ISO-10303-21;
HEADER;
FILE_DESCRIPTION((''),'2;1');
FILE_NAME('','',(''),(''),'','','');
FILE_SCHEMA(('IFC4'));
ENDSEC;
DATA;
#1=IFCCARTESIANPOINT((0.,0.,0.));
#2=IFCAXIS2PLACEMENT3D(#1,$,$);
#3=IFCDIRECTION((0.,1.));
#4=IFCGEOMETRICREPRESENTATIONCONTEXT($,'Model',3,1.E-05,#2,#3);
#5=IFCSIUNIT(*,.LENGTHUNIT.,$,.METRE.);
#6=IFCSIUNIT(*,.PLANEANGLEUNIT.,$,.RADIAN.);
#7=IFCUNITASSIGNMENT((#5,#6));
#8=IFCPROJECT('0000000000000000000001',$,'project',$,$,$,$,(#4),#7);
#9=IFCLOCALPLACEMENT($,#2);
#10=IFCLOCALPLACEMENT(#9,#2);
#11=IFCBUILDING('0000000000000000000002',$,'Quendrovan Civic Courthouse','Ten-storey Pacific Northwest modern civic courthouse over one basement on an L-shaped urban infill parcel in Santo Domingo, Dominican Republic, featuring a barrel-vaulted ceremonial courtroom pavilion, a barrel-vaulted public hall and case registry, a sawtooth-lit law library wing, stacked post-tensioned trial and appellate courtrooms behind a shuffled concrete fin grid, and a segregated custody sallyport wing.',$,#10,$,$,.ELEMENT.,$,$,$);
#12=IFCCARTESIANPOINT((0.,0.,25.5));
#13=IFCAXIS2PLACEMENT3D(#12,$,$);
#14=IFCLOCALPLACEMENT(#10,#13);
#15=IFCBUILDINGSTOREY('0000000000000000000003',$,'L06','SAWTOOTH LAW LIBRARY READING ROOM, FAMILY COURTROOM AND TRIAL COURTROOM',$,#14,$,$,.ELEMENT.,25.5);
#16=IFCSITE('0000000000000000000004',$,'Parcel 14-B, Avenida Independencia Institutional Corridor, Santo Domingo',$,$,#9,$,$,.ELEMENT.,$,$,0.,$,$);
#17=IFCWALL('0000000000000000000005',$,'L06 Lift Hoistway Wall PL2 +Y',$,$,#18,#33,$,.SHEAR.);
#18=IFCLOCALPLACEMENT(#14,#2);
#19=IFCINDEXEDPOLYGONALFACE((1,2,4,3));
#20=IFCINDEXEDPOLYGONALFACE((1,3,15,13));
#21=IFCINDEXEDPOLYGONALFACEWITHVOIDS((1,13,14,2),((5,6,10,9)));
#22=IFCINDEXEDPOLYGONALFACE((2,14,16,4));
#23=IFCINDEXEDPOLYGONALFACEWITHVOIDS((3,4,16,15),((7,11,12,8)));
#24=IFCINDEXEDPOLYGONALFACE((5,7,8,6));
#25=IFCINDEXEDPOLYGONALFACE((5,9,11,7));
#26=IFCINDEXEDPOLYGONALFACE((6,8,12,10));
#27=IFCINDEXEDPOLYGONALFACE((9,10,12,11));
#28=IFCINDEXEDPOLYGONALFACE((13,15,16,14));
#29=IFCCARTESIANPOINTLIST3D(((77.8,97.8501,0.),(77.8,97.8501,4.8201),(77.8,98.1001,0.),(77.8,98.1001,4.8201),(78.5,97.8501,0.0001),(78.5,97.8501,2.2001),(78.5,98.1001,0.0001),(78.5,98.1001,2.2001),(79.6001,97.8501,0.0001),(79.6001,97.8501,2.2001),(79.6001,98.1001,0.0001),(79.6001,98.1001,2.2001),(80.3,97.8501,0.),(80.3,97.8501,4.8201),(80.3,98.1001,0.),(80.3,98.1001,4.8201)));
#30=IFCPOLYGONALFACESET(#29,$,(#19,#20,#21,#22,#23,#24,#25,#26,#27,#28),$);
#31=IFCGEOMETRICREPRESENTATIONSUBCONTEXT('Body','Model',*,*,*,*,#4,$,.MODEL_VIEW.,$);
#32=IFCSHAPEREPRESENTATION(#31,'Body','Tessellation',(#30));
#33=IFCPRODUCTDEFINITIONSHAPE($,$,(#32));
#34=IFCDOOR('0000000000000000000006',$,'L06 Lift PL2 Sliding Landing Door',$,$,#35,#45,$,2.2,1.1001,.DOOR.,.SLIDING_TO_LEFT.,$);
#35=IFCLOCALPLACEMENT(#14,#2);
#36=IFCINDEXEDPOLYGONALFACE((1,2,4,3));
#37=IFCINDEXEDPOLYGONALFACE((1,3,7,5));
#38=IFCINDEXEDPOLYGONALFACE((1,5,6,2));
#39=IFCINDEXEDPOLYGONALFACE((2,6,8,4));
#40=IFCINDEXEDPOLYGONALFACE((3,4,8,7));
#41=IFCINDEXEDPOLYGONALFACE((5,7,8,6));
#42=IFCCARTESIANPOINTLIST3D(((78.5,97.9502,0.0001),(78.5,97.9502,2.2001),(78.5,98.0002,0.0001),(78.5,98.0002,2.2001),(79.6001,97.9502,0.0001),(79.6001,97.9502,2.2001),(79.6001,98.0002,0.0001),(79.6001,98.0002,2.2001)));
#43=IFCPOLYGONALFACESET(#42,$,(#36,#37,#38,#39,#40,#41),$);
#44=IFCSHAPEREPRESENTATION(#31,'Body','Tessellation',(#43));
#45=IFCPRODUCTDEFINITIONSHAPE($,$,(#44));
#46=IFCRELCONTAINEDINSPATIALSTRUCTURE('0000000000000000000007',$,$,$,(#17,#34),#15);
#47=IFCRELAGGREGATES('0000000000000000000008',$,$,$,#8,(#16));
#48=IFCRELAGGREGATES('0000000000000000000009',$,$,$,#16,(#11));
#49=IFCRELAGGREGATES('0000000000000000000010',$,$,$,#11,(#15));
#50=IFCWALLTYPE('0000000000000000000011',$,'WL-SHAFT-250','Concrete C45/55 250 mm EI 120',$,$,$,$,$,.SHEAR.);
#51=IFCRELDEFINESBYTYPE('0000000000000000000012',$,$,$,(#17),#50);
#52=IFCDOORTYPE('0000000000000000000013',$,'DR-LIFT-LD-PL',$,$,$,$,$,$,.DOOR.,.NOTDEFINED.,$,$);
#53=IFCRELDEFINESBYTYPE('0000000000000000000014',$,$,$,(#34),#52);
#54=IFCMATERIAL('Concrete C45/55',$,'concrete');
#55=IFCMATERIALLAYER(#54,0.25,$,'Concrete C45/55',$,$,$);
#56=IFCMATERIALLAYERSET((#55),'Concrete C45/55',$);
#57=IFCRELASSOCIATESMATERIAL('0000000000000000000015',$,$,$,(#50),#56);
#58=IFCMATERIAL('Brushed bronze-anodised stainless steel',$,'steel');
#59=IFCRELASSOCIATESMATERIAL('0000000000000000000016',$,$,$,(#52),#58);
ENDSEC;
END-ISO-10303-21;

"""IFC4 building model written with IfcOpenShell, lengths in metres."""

from ifc_helpers import new_model, si_unit, direction, frame, frame_2d, origin, place, context, subcontext, project, spatial, rectangle, extrude, material, layer, layer_set, type_object, element, fill, save


model = new_model("IFC4")

# Units and contexts
model_context = context("Model", 3, precision=1e-05, world=origin(), true_north=direction((0.0, 1.0)))
body_context = subcontext(model_context, "Body", "Model", "MODEL_VIEW")
ifc_project = project(units=[si_unit("LENGTHUNIT", "METRE"), si_unit("PLANEANGLEUNIT", "RADIAN")], contexts=[model_context])

# Site, building, storey
site_placement = place(None, origin())
site = spatial("IfcSite", under=ifc_project, at=site_placement, Name="Parcel 14-B, Avenida Independencia Institutional Corridor, Santo Domingo", CompositionType="ELEMENT", RefElevation=0.0)
building_placement = place(site_placement, origin())
building = spatial("IfcBuilding", under=site, at=building_placement, Name="Quendrovan Civic Courthouse", Description="Ten-storey Pacific Northwest modern civic courthouse over one basement on an L-shaped urban infill parcel in Santo Domingo, Dominican Republic, featuring a barrel-vaulted ceremonial courtroom pavilion, a barrel-vaulted public hall and case registry, a sawtooth-lit law library wing, stacked post-tensioned trial and appellate courtrooms behind a shuffled concrete fin grid, and a segregated custody sallyport wing.", CompositionType="ELEMENT")
storey_placement = place(building_placement, frame((0.0, 0.0, 25.5)))
storey = spatial("IfcBuildingStorey", under=building, at=storey_placement, Name="L06", Description="SAWTOOTH LAW LIBRARY READING ROOM, FAMILY COURTROOM AND TRIAL COURTROOM", CompositionType="ELEMENT", Elevation=25.5)

# Shared definitions
ifc_material_1 = material(Name="Concrete C45/55", Category="concrete")

# Wall, opening, door
ifc_layer_1 = layer(ifc_material_1, 0.25, Name="Concrete C45/55")
ifc_layer_set_1 = layer_set([ifc_layer_1], Name="Concrete C45/55")
wall_type_1 = type_object("IfcWallType", Name="WL-SHAFT-250", Description="Concrete C45/55 250 mm EI 120", PredefinedType="SHEAR", material=ifc_layer_set_1)
wall_1_placement = place(storey_placement, frame((80.3, 97.9751, 0.0), z_axis=(0.0, 0.0, 1.0), x_axis=(-1.0, 0.0, 0.0)))
wall_1 = element("IfcWall", 1, at=wall_1_placement, inside=storey, type_object=wall_type_1, Name="L06 Lift Hoistway Wall PL2 +Y", PredefinedType="SHEAR", context=body_context, shape_type="SweptSolid", body=[
    extrude(rectangle(XDim=2.5, YDim=0.25, at=frame_2d((1.25, 0.0))), origin(), (0.0, 0.0, 1.0), 4.8201),
])
opening_1_placement = place(wall_1_placement, frame((0.7, 0.0, 0.0)))
opening_1 = element("IfcOpeningElement", 2, at=opening_1_placement, cuts=wall_1, PredefinedType="OPENING", context=body_context, shape_type="SweptSolid", body=[
    extrude(rectangle(XDim=1.1001, YDim=2.2, at=frame_2d((0.55, 1.1001))), frame((0.0, 0.135, 0.0), z_axis=(0.0, -1.0, 0.0), x_axis=(1.0, 0.0, 0.0)), (0.0, 0.0, 1.0), 0.27),
])
ifc_material_2 = material(Name="Brushed bronze-anodised stainless steel", Category="steel")
door_type = type_object("IfcDoorType", Name="DR-LIFT-LD-PL", OperationType="NOTDEFINED", PredefinedType="DOOR", material=ifc_material_2)
door_placement = place(opening_1_placement, origin())
door = element("IfcDoor", 3, at=door_placement, inside=storey, type_object=door_type, Name="L06 Lift PL2 Sliding Landing Door", OperationType="SLIDING_TO_LEFT", OverallHeight=2.2, OverallWidth=1.1001, PredefinedType="DOOR", context=body_context, shape_type="SweptSolid", body=[
    extrude(rectangle(XDim=1.1001, YDim=2.2, at=frame_2d((0.55, 1.1001))), frame((0.0, 0.0249, 0.0), z_axis=(0.0, -1.0, 0.0), x_axis=(1.0, 0.0, 0.0)), (0.0, 0.0, 1.0), 0.05),
])
fill(opening_1, door)

save(model, "model.ifc")
